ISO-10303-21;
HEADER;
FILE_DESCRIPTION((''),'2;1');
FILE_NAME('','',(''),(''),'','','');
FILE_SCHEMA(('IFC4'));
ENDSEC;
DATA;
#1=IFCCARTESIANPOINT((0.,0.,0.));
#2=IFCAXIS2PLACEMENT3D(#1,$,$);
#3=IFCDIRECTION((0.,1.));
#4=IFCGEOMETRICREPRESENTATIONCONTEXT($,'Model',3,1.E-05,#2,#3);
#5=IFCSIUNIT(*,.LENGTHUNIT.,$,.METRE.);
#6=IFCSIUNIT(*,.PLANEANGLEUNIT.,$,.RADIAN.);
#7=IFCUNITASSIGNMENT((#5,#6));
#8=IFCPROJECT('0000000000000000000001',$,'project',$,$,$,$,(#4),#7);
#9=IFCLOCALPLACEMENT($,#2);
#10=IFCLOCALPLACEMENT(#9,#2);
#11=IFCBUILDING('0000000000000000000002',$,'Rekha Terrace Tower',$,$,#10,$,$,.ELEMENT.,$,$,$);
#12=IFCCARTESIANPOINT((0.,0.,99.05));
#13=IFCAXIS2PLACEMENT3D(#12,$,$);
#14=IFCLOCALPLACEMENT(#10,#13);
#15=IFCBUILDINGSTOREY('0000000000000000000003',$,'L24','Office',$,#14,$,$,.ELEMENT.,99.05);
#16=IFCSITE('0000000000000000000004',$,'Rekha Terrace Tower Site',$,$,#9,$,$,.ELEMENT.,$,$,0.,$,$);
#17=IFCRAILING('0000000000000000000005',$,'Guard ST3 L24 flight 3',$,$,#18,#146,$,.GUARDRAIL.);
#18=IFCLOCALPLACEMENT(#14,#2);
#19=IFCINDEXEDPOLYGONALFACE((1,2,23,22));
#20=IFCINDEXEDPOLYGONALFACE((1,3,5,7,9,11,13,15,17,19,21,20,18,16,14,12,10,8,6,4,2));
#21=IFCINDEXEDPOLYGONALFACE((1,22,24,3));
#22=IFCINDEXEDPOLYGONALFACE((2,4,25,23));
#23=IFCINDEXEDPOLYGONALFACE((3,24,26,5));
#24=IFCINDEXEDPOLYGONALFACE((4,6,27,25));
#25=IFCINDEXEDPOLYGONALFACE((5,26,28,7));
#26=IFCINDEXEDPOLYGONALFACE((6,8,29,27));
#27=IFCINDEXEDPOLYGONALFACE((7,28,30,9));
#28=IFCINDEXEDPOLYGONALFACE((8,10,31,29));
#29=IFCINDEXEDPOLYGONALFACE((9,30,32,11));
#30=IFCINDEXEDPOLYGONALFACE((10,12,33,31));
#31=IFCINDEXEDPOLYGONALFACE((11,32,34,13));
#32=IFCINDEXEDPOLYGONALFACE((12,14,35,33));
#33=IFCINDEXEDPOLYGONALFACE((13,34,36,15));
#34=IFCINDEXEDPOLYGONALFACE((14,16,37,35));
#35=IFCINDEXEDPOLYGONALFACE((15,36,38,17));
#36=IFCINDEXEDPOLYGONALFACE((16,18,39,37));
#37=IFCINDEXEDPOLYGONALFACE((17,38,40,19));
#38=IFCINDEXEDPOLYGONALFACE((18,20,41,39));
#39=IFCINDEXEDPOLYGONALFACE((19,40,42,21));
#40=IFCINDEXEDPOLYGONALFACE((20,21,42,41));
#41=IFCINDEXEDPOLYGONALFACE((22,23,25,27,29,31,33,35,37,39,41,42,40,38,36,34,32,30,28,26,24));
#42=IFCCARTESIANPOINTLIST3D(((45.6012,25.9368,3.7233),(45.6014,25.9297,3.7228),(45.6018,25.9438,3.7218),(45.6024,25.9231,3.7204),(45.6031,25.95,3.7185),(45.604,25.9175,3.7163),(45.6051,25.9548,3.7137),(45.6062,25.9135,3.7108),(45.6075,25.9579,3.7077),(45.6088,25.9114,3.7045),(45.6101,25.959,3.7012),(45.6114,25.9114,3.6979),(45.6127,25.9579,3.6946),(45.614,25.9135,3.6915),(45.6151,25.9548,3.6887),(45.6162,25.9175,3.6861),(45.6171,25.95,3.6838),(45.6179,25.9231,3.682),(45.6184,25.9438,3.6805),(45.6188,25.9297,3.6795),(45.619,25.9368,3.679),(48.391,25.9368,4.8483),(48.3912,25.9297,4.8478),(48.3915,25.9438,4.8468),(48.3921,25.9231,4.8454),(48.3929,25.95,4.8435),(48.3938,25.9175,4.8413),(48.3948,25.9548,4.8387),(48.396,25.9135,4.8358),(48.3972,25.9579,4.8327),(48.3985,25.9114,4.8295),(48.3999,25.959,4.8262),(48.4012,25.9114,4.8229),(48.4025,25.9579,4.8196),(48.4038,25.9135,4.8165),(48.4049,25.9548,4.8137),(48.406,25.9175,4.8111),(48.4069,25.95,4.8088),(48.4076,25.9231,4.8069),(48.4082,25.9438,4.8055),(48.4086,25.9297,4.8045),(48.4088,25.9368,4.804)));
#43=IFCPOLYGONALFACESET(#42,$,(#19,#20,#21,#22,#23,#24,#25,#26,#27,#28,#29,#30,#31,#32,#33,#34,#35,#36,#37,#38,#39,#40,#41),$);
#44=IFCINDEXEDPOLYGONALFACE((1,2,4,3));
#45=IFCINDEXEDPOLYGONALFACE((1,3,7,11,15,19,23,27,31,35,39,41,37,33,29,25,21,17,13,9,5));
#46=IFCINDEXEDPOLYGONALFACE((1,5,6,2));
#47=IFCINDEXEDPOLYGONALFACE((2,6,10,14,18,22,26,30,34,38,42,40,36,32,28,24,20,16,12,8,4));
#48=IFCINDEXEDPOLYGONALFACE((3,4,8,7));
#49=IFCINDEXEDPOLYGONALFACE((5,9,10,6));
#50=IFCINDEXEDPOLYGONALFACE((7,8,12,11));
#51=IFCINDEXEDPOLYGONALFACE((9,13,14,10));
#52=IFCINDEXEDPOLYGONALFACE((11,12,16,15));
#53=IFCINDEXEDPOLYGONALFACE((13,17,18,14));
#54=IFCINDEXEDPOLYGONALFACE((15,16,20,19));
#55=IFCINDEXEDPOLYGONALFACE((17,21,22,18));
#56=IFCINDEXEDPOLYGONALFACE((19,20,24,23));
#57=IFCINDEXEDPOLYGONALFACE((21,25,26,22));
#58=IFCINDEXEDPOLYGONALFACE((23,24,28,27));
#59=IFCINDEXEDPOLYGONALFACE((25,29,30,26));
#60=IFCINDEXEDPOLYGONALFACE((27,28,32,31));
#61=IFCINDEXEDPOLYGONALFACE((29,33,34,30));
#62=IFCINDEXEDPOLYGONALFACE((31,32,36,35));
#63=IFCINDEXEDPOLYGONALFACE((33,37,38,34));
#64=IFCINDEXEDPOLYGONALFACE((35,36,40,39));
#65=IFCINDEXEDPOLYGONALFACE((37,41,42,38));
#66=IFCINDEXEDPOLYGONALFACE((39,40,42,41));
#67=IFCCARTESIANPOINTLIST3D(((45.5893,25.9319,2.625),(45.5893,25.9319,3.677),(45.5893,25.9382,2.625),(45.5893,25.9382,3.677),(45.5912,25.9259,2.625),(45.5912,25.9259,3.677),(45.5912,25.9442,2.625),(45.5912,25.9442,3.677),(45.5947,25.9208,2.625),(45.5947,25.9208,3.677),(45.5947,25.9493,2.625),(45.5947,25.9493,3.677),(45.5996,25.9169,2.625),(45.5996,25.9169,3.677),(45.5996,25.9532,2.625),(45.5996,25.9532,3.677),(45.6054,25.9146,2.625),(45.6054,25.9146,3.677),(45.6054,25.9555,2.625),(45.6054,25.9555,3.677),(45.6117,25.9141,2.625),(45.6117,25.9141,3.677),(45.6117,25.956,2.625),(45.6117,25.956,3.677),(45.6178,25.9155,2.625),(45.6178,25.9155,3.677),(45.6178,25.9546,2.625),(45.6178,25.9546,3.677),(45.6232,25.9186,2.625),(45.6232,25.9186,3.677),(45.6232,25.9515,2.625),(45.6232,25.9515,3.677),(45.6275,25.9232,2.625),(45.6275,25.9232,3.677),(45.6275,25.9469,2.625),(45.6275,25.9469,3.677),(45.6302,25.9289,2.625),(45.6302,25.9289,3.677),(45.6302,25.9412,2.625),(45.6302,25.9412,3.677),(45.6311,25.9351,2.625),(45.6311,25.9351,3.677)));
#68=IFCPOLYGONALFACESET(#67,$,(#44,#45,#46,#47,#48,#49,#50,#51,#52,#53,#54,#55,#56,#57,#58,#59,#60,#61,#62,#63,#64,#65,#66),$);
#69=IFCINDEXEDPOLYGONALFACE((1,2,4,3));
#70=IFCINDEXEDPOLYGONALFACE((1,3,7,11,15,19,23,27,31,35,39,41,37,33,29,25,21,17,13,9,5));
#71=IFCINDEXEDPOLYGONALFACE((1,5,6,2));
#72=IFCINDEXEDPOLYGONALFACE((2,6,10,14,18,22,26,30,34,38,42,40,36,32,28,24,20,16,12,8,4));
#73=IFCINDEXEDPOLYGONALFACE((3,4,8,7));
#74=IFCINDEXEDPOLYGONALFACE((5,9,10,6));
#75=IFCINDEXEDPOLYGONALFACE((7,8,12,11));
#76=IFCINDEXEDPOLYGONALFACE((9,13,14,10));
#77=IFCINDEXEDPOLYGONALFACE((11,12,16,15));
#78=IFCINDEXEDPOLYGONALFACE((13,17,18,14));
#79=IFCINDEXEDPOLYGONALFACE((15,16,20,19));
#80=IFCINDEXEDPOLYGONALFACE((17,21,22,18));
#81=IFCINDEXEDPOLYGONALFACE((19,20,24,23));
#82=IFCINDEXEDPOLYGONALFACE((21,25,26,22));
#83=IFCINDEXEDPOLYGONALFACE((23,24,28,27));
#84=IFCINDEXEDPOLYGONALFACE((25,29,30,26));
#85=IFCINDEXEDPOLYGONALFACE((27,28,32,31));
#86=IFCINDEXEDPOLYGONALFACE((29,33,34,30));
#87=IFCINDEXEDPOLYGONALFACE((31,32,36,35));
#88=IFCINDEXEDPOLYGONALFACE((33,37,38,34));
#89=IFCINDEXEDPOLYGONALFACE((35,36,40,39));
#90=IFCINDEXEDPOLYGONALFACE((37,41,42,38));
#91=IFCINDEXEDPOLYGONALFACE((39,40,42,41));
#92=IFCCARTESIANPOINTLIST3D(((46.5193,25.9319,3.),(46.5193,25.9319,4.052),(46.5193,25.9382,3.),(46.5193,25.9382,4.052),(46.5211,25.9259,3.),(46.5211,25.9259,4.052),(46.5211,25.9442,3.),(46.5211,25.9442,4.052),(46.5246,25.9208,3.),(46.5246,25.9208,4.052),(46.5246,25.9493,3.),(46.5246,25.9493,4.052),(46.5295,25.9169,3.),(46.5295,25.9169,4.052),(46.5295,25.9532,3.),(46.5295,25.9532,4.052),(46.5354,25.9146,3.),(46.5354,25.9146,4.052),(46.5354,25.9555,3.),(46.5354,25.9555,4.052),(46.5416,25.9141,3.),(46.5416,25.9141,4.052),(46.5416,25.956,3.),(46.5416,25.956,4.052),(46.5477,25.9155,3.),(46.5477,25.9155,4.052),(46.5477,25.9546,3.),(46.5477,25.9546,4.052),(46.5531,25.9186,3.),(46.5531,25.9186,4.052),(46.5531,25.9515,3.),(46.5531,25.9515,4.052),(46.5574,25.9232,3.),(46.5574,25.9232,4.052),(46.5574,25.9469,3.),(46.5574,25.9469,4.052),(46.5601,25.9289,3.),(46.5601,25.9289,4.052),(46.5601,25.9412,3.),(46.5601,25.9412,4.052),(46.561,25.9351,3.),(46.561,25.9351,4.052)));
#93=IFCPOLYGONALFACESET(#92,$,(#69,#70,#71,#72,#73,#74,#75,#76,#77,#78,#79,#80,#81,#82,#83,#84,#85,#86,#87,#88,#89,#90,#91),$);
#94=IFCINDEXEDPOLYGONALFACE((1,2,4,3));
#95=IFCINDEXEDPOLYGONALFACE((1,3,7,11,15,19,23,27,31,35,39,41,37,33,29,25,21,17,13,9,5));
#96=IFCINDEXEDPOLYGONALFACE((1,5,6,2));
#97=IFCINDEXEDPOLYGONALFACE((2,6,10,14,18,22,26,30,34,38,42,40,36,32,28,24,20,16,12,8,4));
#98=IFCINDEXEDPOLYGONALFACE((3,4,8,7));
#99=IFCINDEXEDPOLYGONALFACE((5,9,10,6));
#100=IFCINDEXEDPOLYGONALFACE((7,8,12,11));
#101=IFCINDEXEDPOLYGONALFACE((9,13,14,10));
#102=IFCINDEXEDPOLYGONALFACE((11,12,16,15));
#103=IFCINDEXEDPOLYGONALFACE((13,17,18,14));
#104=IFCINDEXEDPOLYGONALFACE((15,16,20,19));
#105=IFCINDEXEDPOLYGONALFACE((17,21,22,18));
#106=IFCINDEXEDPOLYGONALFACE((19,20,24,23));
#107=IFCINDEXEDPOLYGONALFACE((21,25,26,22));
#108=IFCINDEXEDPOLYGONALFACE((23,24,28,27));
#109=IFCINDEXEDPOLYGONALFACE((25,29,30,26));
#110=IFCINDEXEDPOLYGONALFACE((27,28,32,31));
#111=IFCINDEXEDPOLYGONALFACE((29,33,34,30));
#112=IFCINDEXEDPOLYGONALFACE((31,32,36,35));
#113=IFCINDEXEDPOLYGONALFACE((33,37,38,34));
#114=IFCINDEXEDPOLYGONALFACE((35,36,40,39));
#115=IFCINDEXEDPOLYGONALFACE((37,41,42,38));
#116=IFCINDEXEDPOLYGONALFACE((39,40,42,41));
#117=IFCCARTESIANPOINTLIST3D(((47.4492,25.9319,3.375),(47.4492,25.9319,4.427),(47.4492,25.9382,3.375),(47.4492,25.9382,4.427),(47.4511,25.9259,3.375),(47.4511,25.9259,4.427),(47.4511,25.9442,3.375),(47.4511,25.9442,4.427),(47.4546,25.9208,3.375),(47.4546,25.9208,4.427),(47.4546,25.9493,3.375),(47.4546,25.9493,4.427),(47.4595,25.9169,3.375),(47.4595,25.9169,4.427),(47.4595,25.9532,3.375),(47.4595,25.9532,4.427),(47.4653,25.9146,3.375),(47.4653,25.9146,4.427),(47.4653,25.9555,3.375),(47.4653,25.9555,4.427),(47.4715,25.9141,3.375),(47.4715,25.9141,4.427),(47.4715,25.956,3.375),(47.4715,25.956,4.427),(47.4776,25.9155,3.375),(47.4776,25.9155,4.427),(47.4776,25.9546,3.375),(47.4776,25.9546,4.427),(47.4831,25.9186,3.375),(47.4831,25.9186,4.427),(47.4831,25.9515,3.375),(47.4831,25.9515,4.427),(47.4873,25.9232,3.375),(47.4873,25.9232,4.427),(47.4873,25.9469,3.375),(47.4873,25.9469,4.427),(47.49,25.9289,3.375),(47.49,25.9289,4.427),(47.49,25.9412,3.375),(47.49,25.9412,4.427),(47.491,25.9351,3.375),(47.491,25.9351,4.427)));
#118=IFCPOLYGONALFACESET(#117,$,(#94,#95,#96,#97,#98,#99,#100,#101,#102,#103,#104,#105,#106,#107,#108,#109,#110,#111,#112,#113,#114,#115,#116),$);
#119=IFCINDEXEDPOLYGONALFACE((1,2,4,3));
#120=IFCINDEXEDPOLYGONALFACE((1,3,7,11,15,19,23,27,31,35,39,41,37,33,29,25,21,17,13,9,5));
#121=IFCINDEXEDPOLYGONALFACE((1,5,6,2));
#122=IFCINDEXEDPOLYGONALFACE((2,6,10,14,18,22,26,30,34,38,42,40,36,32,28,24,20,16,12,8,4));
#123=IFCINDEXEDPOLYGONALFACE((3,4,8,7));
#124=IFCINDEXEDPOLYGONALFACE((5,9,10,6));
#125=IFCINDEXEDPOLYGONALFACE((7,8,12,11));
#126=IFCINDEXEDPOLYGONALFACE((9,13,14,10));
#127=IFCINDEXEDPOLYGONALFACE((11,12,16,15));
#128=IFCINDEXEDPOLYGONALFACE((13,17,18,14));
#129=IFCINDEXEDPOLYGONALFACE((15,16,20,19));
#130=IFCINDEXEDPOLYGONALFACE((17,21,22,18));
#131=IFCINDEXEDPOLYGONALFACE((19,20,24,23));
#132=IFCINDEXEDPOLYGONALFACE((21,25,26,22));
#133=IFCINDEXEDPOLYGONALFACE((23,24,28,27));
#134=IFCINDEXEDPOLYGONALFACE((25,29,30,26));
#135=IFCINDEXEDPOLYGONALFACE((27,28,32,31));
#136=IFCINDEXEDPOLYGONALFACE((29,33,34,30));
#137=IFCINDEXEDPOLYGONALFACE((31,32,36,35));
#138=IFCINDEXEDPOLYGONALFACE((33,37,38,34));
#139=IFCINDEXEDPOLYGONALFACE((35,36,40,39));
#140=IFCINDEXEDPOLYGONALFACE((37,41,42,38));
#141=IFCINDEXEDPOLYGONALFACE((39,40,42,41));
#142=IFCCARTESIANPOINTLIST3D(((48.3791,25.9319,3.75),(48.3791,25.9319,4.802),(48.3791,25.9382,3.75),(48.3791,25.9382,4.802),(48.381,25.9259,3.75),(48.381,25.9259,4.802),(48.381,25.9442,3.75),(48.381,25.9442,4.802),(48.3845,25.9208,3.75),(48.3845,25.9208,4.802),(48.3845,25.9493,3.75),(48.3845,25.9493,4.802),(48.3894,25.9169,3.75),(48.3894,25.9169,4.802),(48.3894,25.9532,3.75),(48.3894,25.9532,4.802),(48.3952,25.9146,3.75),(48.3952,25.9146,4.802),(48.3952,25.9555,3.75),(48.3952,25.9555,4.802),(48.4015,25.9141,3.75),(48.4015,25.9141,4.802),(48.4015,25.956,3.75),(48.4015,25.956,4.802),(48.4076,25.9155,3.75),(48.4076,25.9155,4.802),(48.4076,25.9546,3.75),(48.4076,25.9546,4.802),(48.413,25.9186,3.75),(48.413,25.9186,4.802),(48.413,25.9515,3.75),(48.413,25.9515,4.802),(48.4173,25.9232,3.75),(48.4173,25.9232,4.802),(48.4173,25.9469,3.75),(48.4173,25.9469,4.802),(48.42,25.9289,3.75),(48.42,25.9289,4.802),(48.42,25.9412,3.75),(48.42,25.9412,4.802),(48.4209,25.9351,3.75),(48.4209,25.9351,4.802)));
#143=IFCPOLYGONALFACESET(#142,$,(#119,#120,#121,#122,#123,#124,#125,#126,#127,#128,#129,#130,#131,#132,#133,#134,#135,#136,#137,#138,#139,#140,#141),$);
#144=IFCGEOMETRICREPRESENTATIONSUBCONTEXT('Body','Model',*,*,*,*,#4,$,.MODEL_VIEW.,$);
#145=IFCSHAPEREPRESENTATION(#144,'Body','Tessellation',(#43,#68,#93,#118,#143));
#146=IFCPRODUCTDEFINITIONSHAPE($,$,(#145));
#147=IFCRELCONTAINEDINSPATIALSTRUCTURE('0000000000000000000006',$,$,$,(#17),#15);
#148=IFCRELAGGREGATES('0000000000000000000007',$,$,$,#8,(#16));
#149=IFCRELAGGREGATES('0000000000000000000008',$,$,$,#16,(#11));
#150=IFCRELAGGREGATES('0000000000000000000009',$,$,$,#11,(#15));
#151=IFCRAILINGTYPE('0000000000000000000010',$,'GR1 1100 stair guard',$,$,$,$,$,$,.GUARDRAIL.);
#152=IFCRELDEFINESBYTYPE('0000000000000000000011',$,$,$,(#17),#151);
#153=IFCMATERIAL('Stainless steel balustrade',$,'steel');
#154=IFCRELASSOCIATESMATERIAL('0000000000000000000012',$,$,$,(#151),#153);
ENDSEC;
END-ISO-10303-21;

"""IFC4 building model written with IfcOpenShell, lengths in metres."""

from ifc_helpers import new_model, si_unit, direction, frame, origin, origin_2d, place, context, subcontext, project, spatial, circle, extrude, material, type_object, element, save


model = new_model("IFC4")

# Units and contexts
model_context = context("Model", 3, precision=1e-05, world=origin(), true_north=direction((0.0, 1.0)))
body_context = subcontext(model_context, "Body", "Model", "MODEL_VIEW")
ifc_project = project(units=[si_unit("LENGTHUNIT", "METRE"), si_unit("PLANEANGLEUNIT", "RADIAN")], contexts=[model_context])

# Site, building, storey
site_placement = place(None, origin())
site = spatial("IfcSite", under=ifc_project, at=site_placement, Name="Rekha Terrace Tower Site", CompositionType="ELEMENT", RefElevation=0.0)
building_placement = place(site_placement, origin())
building = spatial("IfcBuilding", under=site, at=building_placement, Name="Rekha Terrace Tower", CompositionType="ELEMENT")
storey_placement = place(building_placement, frame((0.0, 0.0, 99.05)))
storey = spatial("IfcBuildingStorey", under=building, at=storey_placement, Name="L24", Description="Office", CompositionType="ELEMENT", Elevation=99.05)

# Railing
ifc_material_1 = material(Name="Stainless steel balustrade", Category="steel")
railing_type_1 = type_object("IfcRailingType", Name="GR1 1100 stair guard", PredefinedType="GUARDRAIL", material=ifc_material_1)
railing_1_placement = place(storey_placement, frame((45.6101, 25.9351, 2.625)))
element("IfcRailing", 1, at=railing_1_placement, inside=storey, type_object=railing_type_1, Name="Guard ST3 L24 flight 3", PredefinedType="GUARDRAIL", context=body_context, shape_type="SweptSolid", body=[
    extrude(circle(Radius=0.0239, at=origin_2d()), frame((0.0, 0.0, 1.0762), z_axis=(0.927432, 0.0, 0.373992), x_axis=(0.0, 1.0, 0.0)), (0.0, 0.0, 1.0), 3.0081),
    extrude(circle(Radius=0.021, at=origin_2d()), origin(), (0.0, 0.0, 1.0), 1.052),
    extrude(circle(Radius=0.021, at=origin_2d()), frame((0.9299, 0.0, 0.375)), (0.0, 0.0, 1.0), 1.052),
    extrude(circle(Radius=0.021, at=origin_2d()), frame((1.8599, 0.0, 0.75)), (0.0, 0.0, 1.0), 1.052),
    extrude(circle(Radius=0.021, at=origin_2d()), frame((2.7898, 0.0, 1.125)), (0.0, 0.0, 1.0), 1.052),
])

save(model, "model.ifc")
